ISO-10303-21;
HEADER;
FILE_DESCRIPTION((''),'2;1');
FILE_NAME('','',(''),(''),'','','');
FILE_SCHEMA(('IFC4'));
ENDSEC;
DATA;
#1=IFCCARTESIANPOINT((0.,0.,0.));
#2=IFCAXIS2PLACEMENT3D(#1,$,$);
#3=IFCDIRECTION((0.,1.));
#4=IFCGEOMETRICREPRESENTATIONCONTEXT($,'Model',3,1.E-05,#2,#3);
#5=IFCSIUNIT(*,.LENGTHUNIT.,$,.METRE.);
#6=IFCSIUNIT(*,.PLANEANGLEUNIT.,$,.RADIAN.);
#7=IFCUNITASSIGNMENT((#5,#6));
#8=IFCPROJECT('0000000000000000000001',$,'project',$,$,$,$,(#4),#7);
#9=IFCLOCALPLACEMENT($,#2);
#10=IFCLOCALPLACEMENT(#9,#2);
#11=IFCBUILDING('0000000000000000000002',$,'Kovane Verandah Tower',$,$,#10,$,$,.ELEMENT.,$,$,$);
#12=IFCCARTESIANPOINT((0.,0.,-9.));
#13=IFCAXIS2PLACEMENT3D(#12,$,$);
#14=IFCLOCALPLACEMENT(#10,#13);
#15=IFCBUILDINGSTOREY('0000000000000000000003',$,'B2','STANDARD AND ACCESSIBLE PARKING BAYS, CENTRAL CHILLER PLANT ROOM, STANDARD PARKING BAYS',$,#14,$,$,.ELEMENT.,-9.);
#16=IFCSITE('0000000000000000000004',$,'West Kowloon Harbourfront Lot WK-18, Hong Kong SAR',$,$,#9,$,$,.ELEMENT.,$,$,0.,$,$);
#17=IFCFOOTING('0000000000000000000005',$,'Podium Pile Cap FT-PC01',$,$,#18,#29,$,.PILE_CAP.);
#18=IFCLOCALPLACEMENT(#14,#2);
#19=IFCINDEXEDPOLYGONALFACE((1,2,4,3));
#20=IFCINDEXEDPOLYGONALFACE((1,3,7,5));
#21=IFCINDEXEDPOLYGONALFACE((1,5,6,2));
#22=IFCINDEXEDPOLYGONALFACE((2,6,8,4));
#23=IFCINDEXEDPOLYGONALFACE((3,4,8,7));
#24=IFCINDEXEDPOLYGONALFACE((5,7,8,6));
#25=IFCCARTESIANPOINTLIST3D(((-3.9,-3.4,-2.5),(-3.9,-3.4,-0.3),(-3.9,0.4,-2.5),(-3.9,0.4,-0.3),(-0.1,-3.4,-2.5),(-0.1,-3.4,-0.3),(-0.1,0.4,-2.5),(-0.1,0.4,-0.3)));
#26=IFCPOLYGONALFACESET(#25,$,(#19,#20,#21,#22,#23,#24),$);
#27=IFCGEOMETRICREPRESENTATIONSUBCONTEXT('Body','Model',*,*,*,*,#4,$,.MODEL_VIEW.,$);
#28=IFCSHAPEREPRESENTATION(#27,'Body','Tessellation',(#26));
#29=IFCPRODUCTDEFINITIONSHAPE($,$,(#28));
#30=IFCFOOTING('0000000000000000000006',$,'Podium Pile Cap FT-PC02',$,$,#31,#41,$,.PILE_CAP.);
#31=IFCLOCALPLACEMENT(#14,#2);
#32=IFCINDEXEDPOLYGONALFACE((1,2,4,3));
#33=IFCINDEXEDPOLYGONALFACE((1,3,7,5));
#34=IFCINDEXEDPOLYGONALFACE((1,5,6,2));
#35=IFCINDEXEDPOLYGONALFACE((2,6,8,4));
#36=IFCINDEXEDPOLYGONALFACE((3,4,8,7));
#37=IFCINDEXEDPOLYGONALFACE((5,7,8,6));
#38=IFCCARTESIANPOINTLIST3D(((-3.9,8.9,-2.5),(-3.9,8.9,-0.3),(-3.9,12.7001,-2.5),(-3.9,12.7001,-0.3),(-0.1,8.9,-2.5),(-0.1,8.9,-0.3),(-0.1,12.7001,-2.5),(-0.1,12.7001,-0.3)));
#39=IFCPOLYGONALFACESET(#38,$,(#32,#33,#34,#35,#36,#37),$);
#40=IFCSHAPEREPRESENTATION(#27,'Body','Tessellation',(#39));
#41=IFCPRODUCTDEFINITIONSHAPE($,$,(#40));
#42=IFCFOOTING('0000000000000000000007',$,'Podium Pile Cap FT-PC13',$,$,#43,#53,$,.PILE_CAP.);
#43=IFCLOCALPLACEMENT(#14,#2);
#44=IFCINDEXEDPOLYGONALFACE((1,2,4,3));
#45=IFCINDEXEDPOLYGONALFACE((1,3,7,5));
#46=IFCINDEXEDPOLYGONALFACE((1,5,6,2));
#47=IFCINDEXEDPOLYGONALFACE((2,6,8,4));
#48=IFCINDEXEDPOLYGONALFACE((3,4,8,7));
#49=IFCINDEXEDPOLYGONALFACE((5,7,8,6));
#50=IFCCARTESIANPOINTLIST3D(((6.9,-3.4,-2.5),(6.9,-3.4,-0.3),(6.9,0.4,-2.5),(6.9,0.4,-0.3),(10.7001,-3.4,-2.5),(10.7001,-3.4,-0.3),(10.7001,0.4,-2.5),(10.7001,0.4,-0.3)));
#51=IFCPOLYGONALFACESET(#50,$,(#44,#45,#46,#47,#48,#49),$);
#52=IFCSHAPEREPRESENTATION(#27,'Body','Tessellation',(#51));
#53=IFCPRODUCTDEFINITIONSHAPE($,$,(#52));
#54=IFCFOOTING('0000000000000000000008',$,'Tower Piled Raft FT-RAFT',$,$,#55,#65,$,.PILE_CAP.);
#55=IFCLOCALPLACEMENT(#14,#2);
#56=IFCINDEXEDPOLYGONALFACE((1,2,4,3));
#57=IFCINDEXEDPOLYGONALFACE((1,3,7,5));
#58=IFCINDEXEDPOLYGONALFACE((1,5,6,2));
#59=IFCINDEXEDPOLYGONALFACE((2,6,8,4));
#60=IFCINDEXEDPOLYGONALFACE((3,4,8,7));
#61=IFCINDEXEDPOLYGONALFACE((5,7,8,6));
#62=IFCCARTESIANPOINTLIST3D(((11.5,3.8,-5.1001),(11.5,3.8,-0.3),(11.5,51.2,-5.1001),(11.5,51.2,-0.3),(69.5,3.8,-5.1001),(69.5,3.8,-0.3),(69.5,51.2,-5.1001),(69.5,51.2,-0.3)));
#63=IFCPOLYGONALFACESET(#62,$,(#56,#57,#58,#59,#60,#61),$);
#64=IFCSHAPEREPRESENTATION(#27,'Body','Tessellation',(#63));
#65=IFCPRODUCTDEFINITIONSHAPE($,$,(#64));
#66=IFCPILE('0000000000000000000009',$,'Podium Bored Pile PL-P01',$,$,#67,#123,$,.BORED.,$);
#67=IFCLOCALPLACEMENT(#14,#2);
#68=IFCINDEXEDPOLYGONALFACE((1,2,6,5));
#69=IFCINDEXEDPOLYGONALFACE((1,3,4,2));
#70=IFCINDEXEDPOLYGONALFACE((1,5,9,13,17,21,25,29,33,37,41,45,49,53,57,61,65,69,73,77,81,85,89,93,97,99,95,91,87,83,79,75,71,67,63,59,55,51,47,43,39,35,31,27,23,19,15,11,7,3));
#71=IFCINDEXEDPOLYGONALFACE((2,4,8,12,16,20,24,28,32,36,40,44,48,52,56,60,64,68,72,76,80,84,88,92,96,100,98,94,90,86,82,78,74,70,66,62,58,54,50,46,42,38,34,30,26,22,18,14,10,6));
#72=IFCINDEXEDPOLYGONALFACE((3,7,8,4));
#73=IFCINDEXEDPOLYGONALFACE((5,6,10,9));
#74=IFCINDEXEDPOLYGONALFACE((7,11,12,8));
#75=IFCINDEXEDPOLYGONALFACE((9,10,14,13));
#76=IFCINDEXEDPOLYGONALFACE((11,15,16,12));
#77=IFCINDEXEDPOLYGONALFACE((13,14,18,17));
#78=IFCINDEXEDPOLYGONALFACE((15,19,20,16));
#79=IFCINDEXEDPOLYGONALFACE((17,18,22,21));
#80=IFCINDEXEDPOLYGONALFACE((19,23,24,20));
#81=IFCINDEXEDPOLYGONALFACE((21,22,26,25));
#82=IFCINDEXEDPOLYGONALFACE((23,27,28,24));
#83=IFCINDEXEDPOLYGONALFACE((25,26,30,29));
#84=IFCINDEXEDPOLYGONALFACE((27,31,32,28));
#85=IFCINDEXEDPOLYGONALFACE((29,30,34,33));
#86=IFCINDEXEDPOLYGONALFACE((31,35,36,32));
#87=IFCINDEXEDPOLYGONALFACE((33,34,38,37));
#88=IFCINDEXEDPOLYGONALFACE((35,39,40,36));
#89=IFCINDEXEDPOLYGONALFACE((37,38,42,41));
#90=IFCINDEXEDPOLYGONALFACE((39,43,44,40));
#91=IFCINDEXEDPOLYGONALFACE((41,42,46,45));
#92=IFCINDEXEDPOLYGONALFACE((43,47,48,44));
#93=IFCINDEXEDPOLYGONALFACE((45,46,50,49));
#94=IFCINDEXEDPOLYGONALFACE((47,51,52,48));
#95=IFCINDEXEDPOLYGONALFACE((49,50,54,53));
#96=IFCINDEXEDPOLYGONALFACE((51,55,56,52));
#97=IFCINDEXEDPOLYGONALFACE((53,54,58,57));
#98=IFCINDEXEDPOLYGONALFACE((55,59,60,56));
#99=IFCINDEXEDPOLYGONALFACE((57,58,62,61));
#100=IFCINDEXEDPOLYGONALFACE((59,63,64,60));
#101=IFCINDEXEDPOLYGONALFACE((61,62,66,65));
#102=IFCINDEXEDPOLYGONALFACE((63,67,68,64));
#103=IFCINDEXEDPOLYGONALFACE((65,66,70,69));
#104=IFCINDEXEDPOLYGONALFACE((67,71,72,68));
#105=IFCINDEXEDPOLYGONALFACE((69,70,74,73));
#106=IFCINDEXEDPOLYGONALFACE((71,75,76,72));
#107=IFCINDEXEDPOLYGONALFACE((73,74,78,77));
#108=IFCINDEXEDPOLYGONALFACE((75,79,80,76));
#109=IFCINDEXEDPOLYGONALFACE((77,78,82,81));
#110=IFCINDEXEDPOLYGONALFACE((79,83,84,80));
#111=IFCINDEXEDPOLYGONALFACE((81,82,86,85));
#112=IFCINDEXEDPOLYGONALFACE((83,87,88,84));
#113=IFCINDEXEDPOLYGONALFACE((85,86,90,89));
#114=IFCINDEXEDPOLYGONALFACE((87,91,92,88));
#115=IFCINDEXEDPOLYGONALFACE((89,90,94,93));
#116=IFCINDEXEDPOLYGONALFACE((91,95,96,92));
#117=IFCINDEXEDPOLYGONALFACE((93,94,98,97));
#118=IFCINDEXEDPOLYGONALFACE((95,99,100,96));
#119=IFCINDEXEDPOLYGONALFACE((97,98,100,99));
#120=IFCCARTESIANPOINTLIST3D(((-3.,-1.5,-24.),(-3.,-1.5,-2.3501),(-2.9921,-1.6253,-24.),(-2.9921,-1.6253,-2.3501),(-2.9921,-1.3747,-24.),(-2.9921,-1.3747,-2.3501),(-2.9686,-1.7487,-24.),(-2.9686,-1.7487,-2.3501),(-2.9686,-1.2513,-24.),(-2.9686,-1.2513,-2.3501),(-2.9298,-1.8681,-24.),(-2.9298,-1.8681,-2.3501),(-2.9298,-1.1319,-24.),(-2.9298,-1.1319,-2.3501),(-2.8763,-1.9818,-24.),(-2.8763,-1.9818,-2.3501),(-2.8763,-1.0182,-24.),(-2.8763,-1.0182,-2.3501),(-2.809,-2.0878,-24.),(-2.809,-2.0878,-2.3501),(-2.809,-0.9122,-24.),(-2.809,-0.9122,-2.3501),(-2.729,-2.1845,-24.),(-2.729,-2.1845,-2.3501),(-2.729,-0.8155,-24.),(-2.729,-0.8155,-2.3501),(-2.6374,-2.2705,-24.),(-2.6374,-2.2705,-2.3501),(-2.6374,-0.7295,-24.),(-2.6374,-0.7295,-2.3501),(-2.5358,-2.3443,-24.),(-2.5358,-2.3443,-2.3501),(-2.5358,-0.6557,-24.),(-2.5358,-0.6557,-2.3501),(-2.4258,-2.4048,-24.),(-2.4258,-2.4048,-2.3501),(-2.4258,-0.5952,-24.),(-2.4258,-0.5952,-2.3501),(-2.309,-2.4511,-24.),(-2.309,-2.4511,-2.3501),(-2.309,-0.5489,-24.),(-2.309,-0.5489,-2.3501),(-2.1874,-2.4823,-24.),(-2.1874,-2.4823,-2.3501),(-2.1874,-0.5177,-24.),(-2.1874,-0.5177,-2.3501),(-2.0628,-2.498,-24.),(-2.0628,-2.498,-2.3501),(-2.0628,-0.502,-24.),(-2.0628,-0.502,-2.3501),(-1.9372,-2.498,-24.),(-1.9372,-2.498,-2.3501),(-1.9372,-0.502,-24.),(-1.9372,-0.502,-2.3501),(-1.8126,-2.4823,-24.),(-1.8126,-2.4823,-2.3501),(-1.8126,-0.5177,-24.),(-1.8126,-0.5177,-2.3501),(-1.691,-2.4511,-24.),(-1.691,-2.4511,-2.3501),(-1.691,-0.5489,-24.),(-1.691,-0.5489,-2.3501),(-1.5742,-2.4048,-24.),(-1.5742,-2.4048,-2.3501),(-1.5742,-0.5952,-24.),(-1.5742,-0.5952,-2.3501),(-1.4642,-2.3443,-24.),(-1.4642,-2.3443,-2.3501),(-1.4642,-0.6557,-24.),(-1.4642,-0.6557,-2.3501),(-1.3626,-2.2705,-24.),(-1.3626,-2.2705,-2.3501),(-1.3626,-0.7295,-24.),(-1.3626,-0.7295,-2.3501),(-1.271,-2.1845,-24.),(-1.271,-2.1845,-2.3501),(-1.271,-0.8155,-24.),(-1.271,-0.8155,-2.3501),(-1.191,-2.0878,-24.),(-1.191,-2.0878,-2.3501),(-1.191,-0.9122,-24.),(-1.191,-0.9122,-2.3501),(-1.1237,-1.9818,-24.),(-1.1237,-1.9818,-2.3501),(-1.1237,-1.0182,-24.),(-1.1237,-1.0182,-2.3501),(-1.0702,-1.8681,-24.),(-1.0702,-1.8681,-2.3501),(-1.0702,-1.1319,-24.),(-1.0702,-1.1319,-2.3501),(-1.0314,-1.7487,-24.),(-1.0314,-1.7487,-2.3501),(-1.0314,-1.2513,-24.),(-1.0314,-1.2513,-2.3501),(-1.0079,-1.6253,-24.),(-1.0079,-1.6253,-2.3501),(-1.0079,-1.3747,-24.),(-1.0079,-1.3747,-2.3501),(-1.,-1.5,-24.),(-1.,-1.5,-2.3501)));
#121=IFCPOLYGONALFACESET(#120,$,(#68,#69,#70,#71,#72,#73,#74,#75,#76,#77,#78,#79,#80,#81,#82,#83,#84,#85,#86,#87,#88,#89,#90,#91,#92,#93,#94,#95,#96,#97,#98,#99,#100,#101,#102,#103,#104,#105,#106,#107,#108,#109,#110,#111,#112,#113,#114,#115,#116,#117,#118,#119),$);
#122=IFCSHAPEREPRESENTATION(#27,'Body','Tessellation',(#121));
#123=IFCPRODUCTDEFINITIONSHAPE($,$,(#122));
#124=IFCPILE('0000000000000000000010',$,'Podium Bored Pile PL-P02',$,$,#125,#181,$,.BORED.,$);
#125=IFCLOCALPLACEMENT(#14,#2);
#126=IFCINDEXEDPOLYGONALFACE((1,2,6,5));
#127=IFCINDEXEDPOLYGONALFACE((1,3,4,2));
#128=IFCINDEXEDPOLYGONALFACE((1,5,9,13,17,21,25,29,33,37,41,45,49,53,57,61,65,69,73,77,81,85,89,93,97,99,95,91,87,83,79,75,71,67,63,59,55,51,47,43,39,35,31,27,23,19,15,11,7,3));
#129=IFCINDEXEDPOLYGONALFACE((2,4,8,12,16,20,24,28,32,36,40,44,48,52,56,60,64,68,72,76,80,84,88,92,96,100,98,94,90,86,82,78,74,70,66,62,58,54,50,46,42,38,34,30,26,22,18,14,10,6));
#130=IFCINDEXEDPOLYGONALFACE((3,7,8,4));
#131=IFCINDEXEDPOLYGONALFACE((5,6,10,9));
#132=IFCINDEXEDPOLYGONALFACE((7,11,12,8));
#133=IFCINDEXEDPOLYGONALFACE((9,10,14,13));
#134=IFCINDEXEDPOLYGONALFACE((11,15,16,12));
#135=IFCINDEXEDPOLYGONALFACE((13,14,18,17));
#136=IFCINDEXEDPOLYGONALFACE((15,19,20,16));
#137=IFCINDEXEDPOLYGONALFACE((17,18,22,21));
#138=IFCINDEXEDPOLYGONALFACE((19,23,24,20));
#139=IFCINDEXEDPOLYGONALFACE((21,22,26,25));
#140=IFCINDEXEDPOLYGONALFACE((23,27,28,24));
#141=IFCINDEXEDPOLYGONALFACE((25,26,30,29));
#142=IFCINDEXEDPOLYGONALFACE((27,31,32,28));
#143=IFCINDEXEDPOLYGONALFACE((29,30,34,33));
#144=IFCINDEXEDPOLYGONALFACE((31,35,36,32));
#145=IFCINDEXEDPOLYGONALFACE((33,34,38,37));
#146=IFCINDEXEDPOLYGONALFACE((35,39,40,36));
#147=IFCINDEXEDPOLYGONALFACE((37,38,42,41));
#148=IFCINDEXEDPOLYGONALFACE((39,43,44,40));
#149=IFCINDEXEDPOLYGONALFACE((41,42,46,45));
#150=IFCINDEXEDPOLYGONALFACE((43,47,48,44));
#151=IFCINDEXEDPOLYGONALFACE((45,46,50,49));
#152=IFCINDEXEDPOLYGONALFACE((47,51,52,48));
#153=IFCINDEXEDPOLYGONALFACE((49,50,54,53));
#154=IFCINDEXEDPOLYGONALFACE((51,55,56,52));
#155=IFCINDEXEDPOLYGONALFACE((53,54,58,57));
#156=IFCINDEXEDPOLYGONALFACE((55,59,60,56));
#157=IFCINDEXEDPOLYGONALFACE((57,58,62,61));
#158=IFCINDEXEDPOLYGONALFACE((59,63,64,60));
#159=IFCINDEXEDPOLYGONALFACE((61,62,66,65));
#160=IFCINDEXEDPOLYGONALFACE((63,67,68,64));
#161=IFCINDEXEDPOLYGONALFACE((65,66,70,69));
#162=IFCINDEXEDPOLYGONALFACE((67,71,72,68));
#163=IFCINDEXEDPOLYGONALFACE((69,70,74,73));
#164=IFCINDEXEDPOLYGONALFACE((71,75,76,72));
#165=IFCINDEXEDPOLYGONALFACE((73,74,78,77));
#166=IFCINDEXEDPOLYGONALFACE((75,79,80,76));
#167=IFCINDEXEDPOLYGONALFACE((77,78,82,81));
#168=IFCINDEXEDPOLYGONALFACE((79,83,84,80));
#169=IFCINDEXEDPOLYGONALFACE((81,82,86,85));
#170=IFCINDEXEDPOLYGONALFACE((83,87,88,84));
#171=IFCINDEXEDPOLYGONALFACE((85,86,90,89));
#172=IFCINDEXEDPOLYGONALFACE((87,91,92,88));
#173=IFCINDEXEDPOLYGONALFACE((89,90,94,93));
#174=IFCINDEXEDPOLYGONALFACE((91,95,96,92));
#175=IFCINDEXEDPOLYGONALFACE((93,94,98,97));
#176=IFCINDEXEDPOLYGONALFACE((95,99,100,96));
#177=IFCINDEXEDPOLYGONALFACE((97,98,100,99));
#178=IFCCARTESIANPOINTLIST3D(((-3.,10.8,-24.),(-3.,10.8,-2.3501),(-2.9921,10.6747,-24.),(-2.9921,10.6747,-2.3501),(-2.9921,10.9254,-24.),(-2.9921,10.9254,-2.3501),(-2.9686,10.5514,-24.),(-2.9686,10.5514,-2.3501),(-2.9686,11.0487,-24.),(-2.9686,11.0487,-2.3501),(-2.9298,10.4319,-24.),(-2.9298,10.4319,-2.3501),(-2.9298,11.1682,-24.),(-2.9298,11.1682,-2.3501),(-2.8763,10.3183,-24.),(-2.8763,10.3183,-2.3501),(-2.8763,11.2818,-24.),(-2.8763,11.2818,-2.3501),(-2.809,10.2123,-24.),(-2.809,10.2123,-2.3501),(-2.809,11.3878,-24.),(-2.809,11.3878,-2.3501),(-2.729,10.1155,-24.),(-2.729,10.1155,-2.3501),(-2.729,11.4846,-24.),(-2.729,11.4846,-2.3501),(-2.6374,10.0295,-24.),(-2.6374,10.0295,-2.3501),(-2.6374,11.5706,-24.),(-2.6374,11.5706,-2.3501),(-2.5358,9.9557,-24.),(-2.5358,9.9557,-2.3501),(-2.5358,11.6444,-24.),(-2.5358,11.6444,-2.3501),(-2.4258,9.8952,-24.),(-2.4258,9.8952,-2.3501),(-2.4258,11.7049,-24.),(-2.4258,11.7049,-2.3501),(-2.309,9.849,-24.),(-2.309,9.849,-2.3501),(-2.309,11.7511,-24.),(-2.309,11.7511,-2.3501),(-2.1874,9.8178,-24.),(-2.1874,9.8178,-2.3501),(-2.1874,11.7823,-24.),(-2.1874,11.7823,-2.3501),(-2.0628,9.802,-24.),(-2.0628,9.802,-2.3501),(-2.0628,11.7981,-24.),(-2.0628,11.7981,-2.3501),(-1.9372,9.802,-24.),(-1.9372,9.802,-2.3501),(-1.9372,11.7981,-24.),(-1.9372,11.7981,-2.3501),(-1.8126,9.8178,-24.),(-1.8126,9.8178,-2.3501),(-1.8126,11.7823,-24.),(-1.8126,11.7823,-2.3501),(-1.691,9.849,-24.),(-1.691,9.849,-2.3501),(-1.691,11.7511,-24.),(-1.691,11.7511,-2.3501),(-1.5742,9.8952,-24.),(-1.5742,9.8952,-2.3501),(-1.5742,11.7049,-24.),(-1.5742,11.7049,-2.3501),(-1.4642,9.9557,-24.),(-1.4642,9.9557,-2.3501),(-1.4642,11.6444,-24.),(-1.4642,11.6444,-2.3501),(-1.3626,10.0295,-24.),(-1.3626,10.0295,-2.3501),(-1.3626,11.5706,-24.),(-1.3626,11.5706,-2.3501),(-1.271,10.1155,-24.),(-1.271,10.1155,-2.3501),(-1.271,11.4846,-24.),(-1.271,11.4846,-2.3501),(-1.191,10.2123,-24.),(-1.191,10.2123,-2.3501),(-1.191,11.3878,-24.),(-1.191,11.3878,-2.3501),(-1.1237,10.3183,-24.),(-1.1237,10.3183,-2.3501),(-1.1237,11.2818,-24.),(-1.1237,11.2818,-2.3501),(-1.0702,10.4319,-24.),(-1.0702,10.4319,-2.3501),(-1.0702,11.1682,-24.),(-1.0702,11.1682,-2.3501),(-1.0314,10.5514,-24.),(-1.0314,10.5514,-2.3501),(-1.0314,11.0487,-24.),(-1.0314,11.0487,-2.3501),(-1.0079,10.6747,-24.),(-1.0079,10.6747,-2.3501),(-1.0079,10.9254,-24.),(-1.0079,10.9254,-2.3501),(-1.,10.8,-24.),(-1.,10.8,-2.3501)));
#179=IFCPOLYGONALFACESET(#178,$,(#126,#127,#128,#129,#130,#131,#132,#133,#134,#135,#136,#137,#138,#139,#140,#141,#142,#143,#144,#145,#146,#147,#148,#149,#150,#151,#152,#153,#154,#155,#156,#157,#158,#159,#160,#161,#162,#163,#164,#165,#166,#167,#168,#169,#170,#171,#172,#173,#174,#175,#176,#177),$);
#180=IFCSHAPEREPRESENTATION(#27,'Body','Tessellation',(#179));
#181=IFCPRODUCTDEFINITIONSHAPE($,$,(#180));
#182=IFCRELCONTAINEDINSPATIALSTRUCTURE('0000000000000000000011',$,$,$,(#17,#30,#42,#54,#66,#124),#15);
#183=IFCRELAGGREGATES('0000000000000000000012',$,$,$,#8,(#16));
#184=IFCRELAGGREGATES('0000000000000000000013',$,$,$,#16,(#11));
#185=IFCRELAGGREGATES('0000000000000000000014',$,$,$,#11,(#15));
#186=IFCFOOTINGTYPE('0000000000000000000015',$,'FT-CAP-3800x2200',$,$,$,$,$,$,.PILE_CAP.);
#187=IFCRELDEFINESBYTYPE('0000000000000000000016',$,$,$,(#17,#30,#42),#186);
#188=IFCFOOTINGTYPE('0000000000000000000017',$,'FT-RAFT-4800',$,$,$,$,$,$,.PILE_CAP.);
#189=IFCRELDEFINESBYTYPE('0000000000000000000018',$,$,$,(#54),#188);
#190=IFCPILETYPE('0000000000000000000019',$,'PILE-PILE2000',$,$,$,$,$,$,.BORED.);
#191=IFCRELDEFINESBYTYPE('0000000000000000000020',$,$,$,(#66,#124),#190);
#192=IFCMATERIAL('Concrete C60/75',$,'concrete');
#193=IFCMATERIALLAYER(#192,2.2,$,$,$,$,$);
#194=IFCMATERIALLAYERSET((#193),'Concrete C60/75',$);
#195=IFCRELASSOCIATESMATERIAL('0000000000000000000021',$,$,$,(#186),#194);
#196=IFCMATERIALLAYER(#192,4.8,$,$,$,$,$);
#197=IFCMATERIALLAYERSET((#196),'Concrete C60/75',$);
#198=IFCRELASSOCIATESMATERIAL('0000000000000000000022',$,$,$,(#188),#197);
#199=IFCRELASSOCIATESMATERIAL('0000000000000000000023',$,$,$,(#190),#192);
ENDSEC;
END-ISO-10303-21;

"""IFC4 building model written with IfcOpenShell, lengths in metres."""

from ifc_helpers import new_model, si_unit, direction, frame, origin, origin_2d, place, context, subcontext, project, spatial, polyline, rectangle, circle, outline, extrude, material, layer, layer_set, material_profile, profile_set, type_object, element, save


model = new_model("IFC4")

# Units and contexts
model_context = context("Model", 3, precision=1e-05, world=origin(), true_north=direction((0.0, 1.0)))
body_context = subcontext(model_context, "Body", "Model", "MODEL_VIEW")
ifc_project = project(units=[si_unit("LENGTHUNIT", "METRE"), si_unit("PLANEANGLEUNIT", "RADIAN")], contexts=[model_context])

# Site, building, storey
site_placement = place(None, origin())
site = spatial("IfcSite", under=ifc_project, at=site_placement, Name="West Kowloon Harbourfront Lot WK-18, Hong Kong SAR", CompositionType="ELEMENT", RefElevation=0.0)
building_placement = place(site_placement, origin())
building = spatial("IfcBuilding", under=site, at=building_placement, Name="Kovane Verandah Tower", CompositionType="ELEMENT")
storey_placement = place(building_placement, frame((0.0, 0.0, -9.0)))
storey = spatial("IfcBuildingStorey", under=building, at=storey_placement, Name="B2", Description="STANDARD AND ACCESSIBLE PARKING BAYS, CENTRAL CHILLER PLANT ROOM, STANDARD PARKING BAYS", CompositionType="ELEMENT", Elevation=-9.0)

# Footings
ifc_material_1 = material(Name="Concrete C60/75", Category="concrete")
ifc_layer_1 = layer(ifc_material_1, 2.2)
ifc_layer_set_1 = layer_set([ifc_layer_1], Name="Concrete C60/75")
footing_type_1 = type_object("IfcFootingType", Name="FT-CAP-3800x2200", PredefinedType="PILE_CAP", material=ifc_layer_set_1)
for number, where, z_axis, x_axis, name in (
    (1, (-2.0, -1.5, -2.5), (0.0, 0.0, 1.0), (1.0, 0.0, 0.0), "Podium Pile Cap FT-PC01"),
    (2, (-2.0, 10.8, -2.5), (0.0, 0.0, 1.0), (1.0, 0.0, 0.0), "Podium Pile Cap FT-PC02"),
    (3, (8.8, -1.5, -2.5), (0.0, 0.0, 1.0), (1.0, 0.0, 0.0), "Podium Pile Cap FT-PC13"),
):
    element("IfcFooting", number, at=place(storey_placement, frame(where, z_axis=z_axis, x_axis=x_axis)), inside=storey, type_object=footing_type_1, Name=name, PredefinedType="PILE_CAP", context=body_context, shape_type="SweptSolid", body=[
        extrude(rectangle(XDim=3.8, YDim=3.8, at=origin_2d()), origin(), (0.0, 0.0, 1.0), 2.2),
    ])
ifc_layer_2 = layer(ifc_material_1, 4.8)
ifc_layer_set_2 = layer_set([ifc_layer_2], Name="Concrete C60/75")
footing_type_2 = type_object("IfcFootingType", Name="FT-RAFT-4800", PredefinedType="PILE_CAP", material=ifc_layer_set_2)
footing_placement = place(storey_placement, frame((0.0, 0.0, -5.1001)))
element("IfcFooting", 4, at=footing_placement, inside=storey, type_object=footing_type_2, Name="Tower Piled Raft FT-RAFT", PredefinedType="PILE_CAP", context=body_context, shape_type="SweptSolid", body=[
    extrude(outline(polyline([(11.5, 3.8), (69.5, 3.8), (69.5, 51.2), (11.5, 51.2), (11.5, 3.8)])), origin(), (0.0, 0.0, 1.0), 4.8),
])

# Piles
ifc_material_profile_1 = material_profile(ifc_material_1, circle(Radius=1.0, at=origin_2d()), Name="PILE2000")
ifc_profile_set_1 = profile_set([ifc_material_profile_1], Name="Concrete C60/75")
pile_type = type_object("IfcPileType", Name="PILE-PILE2000", PredefinedType="BORED", material=ifc_profile_set_1)
for number, where, z_axis, x_axis, name in (
    (5, (-2.0, -1.5, -2.3501), (0.0, 0.0, -1.0), (1.0, 0.0, 0.0), "Podium Bored Pile PL-P01"),
    (6, (-2.0, 10.8, -2.3501), (0.0, 0.0, -1.0), (1.0, 0.0, 0.0), "Podium Bored Pile PL-P02"),
):
    element("IfcPile", number, at=place(storey_placement, frame(where, z_axis=z_axis, x_axis=x_axis)), inside=storey, type_object=pile_type, Name=name, PredefinedType="BORED", context=body_context, shape_type="SweptSolid", body=[
        extrude(circle(Radius=1.0, at=origin_2d()), origin(), (0.0, 0.0, 1.0), 21.6499),
    ])

save(model, "model.ifc")
